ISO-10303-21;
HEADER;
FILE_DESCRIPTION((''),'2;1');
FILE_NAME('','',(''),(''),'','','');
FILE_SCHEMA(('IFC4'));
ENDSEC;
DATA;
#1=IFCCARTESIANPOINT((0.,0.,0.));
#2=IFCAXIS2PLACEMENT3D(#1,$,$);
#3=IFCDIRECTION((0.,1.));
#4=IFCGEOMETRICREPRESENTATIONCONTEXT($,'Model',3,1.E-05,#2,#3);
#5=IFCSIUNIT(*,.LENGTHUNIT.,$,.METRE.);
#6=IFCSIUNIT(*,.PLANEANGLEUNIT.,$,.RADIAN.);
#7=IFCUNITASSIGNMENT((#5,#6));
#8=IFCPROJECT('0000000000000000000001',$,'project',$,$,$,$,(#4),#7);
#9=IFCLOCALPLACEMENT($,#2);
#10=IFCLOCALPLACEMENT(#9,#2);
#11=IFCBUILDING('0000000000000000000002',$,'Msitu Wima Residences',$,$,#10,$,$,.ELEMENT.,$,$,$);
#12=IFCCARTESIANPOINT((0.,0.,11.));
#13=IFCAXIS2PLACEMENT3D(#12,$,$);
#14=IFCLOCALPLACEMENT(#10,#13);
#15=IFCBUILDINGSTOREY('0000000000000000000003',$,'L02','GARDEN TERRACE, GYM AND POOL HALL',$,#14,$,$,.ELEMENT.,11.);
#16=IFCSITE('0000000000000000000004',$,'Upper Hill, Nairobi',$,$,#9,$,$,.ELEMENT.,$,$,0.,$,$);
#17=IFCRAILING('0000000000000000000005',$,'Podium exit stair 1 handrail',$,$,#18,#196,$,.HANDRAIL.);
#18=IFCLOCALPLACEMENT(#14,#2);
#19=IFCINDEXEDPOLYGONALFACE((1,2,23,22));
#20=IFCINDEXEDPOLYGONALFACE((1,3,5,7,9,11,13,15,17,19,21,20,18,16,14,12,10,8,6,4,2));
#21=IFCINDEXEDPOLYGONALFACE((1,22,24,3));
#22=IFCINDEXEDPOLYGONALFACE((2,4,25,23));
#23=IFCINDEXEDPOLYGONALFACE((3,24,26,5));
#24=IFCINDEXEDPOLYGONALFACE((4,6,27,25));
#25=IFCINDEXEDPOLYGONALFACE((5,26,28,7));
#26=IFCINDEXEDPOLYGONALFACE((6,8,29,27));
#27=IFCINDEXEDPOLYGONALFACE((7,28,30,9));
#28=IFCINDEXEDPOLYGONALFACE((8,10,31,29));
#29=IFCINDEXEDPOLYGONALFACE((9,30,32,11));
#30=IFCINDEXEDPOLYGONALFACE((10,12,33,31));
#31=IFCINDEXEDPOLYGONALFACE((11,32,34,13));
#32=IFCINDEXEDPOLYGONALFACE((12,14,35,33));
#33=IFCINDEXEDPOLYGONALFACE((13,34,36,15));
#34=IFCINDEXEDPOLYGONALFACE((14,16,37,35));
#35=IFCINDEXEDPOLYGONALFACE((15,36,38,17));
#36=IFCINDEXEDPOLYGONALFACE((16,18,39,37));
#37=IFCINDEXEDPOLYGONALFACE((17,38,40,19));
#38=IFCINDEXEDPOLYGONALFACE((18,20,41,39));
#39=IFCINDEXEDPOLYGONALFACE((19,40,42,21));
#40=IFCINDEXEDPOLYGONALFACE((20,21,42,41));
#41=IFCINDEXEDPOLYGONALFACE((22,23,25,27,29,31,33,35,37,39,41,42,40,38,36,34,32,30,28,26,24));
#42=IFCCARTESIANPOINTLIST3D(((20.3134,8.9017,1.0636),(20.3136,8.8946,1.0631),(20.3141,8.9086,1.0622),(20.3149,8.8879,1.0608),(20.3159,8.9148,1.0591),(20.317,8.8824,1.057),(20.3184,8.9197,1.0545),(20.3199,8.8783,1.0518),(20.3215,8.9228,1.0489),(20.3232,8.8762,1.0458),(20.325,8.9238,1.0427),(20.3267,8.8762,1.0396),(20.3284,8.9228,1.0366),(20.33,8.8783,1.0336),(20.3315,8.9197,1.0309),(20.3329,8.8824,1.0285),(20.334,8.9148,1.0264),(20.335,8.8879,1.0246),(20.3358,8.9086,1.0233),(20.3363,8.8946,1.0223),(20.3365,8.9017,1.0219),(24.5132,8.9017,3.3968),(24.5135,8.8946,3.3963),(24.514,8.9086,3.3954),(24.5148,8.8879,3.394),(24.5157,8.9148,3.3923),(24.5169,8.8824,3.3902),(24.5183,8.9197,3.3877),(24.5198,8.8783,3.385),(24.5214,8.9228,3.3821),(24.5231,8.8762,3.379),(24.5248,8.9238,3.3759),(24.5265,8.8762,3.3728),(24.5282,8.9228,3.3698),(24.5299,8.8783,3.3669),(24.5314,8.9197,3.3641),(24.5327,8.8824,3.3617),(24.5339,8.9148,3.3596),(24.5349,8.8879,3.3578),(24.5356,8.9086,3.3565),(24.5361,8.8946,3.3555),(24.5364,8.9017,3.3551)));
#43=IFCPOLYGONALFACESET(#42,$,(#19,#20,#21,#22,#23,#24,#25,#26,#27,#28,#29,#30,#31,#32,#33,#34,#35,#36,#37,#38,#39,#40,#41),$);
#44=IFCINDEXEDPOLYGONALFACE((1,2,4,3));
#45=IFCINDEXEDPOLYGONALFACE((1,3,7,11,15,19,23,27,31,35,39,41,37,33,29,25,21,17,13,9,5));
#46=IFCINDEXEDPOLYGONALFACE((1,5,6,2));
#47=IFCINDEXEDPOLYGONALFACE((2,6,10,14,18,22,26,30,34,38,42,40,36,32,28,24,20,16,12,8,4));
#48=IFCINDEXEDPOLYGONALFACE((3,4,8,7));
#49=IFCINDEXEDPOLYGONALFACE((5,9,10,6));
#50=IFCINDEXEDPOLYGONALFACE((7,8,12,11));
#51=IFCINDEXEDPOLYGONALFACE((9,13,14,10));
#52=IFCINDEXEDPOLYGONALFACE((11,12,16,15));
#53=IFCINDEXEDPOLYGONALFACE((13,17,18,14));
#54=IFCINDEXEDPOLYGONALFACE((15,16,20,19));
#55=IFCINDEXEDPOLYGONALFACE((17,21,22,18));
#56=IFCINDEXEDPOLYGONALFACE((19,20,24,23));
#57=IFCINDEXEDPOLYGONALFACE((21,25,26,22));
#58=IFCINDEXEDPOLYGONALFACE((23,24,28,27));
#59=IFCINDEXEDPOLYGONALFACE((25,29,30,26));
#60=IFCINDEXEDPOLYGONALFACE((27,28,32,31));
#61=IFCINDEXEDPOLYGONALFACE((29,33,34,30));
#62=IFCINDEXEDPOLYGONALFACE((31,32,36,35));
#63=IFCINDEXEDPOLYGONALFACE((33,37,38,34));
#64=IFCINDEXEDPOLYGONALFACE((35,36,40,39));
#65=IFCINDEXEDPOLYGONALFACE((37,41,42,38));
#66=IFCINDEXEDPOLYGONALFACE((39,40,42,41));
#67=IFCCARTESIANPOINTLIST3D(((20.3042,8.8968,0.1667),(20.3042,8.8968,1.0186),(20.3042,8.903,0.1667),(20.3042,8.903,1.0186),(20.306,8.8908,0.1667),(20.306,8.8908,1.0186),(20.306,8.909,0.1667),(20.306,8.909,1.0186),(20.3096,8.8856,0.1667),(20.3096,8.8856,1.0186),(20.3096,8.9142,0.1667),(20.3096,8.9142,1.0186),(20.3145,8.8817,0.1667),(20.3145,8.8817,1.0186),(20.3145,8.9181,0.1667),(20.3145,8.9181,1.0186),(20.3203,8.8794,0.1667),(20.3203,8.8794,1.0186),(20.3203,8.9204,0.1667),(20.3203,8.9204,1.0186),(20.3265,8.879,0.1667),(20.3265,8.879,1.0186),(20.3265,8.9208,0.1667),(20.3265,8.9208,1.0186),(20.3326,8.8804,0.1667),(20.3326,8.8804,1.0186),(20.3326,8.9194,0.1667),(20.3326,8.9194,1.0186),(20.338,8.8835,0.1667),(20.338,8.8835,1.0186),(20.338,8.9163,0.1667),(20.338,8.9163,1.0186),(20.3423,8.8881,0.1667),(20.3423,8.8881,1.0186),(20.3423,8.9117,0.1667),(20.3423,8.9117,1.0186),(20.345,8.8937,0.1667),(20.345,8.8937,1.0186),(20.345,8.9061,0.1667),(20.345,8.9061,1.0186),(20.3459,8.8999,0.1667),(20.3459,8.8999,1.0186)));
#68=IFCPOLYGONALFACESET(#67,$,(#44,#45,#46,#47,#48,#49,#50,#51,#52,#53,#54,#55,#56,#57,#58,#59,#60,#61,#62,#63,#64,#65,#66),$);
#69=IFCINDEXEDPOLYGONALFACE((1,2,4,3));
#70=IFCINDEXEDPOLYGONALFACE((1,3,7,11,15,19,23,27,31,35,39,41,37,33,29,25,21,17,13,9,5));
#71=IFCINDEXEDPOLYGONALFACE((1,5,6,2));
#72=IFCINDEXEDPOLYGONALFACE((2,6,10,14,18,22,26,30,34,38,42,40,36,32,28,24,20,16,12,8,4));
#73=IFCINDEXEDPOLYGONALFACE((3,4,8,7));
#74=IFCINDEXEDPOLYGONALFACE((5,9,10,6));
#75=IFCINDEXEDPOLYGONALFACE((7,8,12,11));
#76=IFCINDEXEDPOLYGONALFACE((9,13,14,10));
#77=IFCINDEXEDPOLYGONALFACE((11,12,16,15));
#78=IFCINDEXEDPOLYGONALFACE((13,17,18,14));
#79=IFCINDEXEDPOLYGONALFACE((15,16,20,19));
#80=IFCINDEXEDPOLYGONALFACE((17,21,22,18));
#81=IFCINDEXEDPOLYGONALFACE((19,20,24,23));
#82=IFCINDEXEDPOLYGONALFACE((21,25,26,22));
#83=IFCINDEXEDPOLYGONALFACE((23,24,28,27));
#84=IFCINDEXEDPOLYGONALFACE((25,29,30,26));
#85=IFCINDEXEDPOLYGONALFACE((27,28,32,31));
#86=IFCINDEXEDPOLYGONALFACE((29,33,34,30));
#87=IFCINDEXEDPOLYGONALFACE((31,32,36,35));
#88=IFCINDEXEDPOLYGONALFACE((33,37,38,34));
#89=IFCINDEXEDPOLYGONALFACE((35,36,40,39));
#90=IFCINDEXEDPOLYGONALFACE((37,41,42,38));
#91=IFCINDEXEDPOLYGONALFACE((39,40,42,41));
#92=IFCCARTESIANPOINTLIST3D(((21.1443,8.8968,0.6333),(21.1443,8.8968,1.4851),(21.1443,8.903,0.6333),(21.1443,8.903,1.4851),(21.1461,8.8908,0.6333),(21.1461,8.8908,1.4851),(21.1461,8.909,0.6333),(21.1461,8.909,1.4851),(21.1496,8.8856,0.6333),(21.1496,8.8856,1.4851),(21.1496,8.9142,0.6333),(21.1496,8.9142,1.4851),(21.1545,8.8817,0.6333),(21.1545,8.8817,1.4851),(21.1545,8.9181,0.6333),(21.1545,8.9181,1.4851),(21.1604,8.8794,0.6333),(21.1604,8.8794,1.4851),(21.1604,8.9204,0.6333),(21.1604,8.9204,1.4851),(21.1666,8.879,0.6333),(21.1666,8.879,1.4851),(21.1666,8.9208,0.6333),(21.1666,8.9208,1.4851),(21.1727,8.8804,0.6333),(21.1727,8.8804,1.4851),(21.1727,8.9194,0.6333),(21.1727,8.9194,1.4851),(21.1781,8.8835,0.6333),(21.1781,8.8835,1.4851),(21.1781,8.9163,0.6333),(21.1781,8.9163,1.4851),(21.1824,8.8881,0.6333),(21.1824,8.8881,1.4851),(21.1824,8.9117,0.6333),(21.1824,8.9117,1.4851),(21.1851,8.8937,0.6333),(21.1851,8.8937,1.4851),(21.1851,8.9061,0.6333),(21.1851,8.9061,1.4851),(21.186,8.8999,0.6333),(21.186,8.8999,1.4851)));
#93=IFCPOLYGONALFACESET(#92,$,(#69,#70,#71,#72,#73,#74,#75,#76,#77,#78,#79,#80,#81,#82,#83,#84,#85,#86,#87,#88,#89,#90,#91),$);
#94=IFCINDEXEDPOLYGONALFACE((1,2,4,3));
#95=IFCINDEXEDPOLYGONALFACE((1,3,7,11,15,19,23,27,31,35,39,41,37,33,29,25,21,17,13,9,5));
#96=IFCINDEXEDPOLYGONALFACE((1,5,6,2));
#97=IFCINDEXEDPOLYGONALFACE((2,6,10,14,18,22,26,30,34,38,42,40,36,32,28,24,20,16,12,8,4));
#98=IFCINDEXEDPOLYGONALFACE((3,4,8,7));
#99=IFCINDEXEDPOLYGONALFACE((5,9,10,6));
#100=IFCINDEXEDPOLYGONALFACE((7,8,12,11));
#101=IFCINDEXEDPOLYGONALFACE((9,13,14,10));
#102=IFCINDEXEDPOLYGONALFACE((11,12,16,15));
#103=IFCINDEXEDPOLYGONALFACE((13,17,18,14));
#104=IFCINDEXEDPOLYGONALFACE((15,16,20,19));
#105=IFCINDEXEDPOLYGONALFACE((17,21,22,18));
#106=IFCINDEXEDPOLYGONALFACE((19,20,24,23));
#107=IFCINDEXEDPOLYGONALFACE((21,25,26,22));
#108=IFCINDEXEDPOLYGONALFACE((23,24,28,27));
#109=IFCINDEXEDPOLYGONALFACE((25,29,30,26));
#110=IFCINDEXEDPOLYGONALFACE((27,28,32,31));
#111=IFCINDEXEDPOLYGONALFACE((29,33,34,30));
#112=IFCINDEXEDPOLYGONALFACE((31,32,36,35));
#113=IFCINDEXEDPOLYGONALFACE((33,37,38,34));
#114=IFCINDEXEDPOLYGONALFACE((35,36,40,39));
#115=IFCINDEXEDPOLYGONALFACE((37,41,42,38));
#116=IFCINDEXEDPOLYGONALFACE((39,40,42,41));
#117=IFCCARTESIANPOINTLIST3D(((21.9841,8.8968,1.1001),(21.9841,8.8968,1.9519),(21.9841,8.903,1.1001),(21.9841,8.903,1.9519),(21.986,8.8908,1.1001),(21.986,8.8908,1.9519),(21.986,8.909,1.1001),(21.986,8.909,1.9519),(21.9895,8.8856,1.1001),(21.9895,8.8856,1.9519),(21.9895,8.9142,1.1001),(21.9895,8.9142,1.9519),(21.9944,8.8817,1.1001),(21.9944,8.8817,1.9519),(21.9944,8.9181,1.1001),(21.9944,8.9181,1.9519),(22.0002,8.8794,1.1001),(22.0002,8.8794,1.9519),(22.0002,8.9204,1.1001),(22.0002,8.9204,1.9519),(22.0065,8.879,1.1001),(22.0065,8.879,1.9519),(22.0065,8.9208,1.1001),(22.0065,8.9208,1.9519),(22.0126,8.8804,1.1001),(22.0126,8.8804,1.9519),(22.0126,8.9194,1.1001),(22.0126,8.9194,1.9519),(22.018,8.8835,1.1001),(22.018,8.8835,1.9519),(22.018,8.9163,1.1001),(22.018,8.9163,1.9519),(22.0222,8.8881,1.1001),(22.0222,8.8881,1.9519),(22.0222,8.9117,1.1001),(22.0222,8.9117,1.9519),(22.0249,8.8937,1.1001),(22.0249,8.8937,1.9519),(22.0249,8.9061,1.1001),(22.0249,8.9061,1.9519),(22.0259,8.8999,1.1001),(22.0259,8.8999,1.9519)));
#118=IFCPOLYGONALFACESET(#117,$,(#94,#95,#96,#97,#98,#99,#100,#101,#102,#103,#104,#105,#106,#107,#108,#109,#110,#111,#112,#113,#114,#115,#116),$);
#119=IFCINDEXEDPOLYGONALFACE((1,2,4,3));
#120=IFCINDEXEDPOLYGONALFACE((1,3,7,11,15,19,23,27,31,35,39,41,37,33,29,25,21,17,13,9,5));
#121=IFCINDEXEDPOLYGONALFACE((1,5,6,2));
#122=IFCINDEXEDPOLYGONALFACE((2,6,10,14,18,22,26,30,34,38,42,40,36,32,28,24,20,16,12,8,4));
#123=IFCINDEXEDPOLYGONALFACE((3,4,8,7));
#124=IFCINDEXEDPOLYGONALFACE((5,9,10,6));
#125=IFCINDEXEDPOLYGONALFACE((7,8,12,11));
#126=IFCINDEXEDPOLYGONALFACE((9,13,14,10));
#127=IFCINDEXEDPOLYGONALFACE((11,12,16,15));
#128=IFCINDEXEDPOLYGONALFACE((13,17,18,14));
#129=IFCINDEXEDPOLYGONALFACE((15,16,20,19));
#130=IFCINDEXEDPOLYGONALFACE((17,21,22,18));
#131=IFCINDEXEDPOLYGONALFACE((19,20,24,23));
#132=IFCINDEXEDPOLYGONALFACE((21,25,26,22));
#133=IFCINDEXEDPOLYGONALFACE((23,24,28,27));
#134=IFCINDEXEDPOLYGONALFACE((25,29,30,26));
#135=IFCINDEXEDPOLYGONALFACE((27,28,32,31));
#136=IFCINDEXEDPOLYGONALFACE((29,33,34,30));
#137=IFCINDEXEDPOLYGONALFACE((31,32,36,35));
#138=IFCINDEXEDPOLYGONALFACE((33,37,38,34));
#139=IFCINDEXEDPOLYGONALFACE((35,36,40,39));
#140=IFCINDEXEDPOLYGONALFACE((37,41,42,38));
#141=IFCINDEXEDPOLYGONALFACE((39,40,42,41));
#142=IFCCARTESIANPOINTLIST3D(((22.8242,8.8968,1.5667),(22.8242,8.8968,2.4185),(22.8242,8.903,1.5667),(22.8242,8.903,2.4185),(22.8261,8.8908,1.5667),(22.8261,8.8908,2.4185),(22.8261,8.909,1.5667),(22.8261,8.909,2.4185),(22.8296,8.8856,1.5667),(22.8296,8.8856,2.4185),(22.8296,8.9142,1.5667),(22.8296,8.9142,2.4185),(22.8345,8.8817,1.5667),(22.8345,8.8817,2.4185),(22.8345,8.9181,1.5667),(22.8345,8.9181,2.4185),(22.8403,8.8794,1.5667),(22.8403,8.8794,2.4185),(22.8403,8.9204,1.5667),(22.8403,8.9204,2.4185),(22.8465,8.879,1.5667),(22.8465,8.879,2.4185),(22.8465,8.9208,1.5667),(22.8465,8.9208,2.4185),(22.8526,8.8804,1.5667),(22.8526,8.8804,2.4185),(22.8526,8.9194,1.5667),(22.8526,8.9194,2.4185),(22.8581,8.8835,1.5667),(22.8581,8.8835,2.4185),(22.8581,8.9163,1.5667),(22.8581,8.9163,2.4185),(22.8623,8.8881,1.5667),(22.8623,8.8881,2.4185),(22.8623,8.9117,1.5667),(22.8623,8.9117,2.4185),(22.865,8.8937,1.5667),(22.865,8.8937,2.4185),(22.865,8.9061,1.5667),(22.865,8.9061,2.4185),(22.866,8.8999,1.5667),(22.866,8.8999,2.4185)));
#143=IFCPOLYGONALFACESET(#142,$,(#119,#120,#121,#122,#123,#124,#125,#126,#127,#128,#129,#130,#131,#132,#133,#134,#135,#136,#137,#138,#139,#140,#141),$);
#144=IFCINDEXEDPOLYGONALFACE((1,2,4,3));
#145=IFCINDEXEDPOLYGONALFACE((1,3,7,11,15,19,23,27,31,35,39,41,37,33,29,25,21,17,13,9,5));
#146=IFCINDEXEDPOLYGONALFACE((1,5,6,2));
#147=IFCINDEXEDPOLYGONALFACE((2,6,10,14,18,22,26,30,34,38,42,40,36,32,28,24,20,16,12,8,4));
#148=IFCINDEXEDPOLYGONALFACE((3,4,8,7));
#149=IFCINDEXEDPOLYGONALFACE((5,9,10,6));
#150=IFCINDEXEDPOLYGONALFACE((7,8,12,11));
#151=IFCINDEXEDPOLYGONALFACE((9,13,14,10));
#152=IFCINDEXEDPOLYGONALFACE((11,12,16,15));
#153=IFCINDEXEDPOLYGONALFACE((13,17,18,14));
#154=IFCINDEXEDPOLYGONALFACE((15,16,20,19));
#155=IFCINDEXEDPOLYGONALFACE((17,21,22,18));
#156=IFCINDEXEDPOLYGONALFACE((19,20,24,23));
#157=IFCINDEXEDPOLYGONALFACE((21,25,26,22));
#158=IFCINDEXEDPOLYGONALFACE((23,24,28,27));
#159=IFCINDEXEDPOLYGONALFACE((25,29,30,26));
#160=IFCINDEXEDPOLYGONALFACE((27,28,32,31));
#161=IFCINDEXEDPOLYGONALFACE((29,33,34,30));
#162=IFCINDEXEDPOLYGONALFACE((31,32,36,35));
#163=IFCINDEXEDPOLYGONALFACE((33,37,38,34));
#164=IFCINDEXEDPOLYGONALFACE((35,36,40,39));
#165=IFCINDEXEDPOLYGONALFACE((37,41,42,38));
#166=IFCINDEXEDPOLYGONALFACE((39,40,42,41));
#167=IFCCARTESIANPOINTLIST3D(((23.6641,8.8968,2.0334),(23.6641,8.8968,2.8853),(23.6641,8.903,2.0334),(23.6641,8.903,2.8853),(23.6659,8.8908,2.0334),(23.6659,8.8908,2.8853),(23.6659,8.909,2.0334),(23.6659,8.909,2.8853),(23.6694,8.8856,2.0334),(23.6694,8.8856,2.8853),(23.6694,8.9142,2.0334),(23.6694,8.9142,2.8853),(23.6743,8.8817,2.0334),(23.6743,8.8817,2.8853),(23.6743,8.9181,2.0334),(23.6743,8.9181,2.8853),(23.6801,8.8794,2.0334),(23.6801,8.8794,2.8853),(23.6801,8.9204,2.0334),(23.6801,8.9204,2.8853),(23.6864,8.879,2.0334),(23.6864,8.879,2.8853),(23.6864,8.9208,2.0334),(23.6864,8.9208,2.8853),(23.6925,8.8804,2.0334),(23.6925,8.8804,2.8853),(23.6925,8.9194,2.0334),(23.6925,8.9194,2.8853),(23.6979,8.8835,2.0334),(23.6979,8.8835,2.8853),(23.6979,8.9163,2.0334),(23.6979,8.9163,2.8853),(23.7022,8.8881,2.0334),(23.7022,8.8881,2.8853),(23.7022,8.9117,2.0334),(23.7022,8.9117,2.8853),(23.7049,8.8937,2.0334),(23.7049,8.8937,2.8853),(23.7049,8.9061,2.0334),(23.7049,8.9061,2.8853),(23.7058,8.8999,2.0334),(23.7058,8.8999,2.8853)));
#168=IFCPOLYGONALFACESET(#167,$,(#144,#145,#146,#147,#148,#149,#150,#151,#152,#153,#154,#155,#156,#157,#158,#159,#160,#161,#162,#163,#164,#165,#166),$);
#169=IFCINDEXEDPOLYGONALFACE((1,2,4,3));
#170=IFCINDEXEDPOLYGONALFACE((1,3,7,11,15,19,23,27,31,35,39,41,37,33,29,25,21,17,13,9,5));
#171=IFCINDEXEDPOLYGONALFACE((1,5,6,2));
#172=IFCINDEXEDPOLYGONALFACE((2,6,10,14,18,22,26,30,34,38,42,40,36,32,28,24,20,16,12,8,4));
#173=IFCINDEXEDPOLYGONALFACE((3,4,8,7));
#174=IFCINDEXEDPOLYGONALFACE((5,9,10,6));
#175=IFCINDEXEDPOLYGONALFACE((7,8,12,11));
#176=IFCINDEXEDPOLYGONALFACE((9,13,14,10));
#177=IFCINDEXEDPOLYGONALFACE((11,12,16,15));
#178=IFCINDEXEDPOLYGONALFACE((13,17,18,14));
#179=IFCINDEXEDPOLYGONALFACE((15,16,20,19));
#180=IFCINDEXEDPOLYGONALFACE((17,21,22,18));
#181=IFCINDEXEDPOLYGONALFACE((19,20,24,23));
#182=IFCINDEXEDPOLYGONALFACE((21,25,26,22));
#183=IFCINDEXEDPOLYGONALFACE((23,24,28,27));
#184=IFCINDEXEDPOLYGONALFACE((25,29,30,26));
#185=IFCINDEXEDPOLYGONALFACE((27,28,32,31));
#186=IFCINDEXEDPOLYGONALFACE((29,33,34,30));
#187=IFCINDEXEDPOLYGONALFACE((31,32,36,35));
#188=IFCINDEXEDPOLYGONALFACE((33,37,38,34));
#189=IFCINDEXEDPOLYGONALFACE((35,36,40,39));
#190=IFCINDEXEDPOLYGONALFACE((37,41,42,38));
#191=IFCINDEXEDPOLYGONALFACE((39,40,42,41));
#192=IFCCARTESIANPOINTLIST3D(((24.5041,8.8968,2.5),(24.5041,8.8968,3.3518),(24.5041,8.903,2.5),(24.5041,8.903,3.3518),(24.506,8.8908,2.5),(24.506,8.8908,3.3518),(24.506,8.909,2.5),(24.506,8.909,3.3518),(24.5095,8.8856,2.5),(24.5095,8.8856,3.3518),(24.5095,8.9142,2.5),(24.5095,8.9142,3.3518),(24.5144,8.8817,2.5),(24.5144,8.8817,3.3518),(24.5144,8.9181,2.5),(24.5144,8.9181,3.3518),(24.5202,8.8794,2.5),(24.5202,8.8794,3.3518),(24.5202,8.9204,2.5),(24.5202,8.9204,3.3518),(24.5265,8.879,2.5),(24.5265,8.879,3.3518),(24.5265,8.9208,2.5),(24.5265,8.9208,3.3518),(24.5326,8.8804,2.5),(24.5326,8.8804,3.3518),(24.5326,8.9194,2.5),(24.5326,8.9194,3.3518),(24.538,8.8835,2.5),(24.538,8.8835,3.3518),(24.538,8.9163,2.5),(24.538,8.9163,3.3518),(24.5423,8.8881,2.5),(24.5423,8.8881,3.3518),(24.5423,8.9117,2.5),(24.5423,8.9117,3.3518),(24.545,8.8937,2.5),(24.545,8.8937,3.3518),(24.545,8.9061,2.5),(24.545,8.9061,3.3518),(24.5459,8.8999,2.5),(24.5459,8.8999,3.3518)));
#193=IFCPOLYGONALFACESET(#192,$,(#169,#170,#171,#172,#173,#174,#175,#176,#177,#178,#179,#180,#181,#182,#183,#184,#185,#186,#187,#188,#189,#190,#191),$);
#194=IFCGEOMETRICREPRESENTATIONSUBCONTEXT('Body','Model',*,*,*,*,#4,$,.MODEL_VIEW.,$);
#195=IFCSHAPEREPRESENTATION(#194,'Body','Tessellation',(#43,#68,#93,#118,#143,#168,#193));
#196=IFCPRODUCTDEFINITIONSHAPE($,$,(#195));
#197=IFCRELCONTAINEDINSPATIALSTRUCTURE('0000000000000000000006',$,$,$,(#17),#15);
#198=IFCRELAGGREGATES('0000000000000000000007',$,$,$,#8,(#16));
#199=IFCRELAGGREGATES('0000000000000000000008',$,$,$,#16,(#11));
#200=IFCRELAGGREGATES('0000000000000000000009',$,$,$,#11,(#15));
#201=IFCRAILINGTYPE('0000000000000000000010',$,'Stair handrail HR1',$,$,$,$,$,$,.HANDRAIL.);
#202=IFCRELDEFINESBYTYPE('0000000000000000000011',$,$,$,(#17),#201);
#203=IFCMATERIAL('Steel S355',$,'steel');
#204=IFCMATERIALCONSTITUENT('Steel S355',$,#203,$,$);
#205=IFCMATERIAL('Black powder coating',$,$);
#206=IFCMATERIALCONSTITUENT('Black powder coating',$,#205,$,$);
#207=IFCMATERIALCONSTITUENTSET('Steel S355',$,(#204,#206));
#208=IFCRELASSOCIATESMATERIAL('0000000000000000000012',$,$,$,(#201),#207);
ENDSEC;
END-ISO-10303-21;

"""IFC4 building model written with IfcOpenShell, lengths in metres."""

from ifc_helpers import new_model, si_unit, direction, frame, origin, origin_2d, place, context, subcontext, project, spatial, circle, extrude, material, constituent, constituent_set, type_object, element, save


model = new_model("IFC4")

# Units and contexts
model_context = context("Model", 3, precision=1e-05, world=origin(), true_north=direction((0.0, 1.0)))
body_context = subcontext(model_context, "Body", "Model", "MODEL_VIEW")
ifc_project = project(units=[si_unit("LENGTHUNIT", "METRE"), si_unit("PLANEANGLEUNIT", "RADIAN")], contexts=[model_context])

# Site, building, storey
site_placement = place(None, origin())
site = spatial("IfcSite", under=ifc_project, at=site_placement, Name="Upper Hill, Nairobi", CompositionType="ELEMENT", RefElevation=0.0)
building_placement = place(site_placement, origin())
building = spatial("IfcBuilding", under=site, at=building_placement, Name="Msitu Wima Residences", CompositionType="ELEMENT")
storey_placement = place(building_placement, frame((0.0, 0.0, 11.0)))
storey = spatial("IfcBuildingStorey", under=building, at=storey_placement, Name="L02", Description="GARDEN TERRACE, GYM AND POOL HALL", CompositionType="ELEMENT", Elevation=11.0)

# Railing
ifc_material_1 = material(Name="Steel S355", Category="steel")
ifc_constituent_1 = constituent(ifc_material_1, Name="Steel S355")
ifc_material_2 = material(Name="Black powder coating")
ifc_constituent_2 = constituent(ifc_material_2, Name="Black powder coating")
ifc_constituent_set = constituent_set(constituents=[ifc_constituent_1, ifc_constituent_2], Name="Steel S355")
railing_type = type_object("IfcRailingType", Name="Stair handrail HR1", PredefinedType="HANDRAIL", material=ifc_constituent_set)
for number, where, name in (
    (1, (20.325, 8.8999, 0.1667), "Podium exit stair 1 handrail"),
):
    element("IfcRailing", number, at=place(storey_placement, frame(where)), inside=storey, type_object=railing_type, Name=name, PredefinedType="HANDRAIL", context=body_context, shape_type="SweptSolid", body=[
        extrude(circle(Radius=0.0239, at=origin_2d()), frame((0.0, 0.0, 0.876), z_axis=(0.874162, 0.0, 0.485634), x_axis=(0.0, 1.0, 0.0)), (0.0, 0.0, 1.0), 4.8044),
        extrude(circle(Radius=0.021, at=origin_2d()), origin(), (0.0, 0.0, 1.0), 0.8518),
        extrude(circle(Radius=0.021, at=origin_2d()), frame((0.8401, 0.0, 0.4666)), (0.0, 0.0, 1.0), 0.8518),
        extrude(circle(Radius=0.021, at=origin_2d()), frame((1.6799, 0.0, 0.9333)), (0.0, 0.0, 1.0), 0.8518),
        extrude(circle(Radius=0.021, at=origin_2d()), frame((2.52, 0.0, 1.3999)), (0.0, 0.0, 1.0), 0.8518),
        extrude(circle(Radius=0.021, at=origin_2d()), frame((3.3599, 0.0, 1.8667)), (0.0, 0.0, 1.0), 0.8518),
        extrude(circle(Radius=0.021, at=origin_2d()), frame((4.2, 0.0, 2.3333)), (0.0, 0.0, 1.0), 0.8518),
    ])

save(model, "model.ifc")
